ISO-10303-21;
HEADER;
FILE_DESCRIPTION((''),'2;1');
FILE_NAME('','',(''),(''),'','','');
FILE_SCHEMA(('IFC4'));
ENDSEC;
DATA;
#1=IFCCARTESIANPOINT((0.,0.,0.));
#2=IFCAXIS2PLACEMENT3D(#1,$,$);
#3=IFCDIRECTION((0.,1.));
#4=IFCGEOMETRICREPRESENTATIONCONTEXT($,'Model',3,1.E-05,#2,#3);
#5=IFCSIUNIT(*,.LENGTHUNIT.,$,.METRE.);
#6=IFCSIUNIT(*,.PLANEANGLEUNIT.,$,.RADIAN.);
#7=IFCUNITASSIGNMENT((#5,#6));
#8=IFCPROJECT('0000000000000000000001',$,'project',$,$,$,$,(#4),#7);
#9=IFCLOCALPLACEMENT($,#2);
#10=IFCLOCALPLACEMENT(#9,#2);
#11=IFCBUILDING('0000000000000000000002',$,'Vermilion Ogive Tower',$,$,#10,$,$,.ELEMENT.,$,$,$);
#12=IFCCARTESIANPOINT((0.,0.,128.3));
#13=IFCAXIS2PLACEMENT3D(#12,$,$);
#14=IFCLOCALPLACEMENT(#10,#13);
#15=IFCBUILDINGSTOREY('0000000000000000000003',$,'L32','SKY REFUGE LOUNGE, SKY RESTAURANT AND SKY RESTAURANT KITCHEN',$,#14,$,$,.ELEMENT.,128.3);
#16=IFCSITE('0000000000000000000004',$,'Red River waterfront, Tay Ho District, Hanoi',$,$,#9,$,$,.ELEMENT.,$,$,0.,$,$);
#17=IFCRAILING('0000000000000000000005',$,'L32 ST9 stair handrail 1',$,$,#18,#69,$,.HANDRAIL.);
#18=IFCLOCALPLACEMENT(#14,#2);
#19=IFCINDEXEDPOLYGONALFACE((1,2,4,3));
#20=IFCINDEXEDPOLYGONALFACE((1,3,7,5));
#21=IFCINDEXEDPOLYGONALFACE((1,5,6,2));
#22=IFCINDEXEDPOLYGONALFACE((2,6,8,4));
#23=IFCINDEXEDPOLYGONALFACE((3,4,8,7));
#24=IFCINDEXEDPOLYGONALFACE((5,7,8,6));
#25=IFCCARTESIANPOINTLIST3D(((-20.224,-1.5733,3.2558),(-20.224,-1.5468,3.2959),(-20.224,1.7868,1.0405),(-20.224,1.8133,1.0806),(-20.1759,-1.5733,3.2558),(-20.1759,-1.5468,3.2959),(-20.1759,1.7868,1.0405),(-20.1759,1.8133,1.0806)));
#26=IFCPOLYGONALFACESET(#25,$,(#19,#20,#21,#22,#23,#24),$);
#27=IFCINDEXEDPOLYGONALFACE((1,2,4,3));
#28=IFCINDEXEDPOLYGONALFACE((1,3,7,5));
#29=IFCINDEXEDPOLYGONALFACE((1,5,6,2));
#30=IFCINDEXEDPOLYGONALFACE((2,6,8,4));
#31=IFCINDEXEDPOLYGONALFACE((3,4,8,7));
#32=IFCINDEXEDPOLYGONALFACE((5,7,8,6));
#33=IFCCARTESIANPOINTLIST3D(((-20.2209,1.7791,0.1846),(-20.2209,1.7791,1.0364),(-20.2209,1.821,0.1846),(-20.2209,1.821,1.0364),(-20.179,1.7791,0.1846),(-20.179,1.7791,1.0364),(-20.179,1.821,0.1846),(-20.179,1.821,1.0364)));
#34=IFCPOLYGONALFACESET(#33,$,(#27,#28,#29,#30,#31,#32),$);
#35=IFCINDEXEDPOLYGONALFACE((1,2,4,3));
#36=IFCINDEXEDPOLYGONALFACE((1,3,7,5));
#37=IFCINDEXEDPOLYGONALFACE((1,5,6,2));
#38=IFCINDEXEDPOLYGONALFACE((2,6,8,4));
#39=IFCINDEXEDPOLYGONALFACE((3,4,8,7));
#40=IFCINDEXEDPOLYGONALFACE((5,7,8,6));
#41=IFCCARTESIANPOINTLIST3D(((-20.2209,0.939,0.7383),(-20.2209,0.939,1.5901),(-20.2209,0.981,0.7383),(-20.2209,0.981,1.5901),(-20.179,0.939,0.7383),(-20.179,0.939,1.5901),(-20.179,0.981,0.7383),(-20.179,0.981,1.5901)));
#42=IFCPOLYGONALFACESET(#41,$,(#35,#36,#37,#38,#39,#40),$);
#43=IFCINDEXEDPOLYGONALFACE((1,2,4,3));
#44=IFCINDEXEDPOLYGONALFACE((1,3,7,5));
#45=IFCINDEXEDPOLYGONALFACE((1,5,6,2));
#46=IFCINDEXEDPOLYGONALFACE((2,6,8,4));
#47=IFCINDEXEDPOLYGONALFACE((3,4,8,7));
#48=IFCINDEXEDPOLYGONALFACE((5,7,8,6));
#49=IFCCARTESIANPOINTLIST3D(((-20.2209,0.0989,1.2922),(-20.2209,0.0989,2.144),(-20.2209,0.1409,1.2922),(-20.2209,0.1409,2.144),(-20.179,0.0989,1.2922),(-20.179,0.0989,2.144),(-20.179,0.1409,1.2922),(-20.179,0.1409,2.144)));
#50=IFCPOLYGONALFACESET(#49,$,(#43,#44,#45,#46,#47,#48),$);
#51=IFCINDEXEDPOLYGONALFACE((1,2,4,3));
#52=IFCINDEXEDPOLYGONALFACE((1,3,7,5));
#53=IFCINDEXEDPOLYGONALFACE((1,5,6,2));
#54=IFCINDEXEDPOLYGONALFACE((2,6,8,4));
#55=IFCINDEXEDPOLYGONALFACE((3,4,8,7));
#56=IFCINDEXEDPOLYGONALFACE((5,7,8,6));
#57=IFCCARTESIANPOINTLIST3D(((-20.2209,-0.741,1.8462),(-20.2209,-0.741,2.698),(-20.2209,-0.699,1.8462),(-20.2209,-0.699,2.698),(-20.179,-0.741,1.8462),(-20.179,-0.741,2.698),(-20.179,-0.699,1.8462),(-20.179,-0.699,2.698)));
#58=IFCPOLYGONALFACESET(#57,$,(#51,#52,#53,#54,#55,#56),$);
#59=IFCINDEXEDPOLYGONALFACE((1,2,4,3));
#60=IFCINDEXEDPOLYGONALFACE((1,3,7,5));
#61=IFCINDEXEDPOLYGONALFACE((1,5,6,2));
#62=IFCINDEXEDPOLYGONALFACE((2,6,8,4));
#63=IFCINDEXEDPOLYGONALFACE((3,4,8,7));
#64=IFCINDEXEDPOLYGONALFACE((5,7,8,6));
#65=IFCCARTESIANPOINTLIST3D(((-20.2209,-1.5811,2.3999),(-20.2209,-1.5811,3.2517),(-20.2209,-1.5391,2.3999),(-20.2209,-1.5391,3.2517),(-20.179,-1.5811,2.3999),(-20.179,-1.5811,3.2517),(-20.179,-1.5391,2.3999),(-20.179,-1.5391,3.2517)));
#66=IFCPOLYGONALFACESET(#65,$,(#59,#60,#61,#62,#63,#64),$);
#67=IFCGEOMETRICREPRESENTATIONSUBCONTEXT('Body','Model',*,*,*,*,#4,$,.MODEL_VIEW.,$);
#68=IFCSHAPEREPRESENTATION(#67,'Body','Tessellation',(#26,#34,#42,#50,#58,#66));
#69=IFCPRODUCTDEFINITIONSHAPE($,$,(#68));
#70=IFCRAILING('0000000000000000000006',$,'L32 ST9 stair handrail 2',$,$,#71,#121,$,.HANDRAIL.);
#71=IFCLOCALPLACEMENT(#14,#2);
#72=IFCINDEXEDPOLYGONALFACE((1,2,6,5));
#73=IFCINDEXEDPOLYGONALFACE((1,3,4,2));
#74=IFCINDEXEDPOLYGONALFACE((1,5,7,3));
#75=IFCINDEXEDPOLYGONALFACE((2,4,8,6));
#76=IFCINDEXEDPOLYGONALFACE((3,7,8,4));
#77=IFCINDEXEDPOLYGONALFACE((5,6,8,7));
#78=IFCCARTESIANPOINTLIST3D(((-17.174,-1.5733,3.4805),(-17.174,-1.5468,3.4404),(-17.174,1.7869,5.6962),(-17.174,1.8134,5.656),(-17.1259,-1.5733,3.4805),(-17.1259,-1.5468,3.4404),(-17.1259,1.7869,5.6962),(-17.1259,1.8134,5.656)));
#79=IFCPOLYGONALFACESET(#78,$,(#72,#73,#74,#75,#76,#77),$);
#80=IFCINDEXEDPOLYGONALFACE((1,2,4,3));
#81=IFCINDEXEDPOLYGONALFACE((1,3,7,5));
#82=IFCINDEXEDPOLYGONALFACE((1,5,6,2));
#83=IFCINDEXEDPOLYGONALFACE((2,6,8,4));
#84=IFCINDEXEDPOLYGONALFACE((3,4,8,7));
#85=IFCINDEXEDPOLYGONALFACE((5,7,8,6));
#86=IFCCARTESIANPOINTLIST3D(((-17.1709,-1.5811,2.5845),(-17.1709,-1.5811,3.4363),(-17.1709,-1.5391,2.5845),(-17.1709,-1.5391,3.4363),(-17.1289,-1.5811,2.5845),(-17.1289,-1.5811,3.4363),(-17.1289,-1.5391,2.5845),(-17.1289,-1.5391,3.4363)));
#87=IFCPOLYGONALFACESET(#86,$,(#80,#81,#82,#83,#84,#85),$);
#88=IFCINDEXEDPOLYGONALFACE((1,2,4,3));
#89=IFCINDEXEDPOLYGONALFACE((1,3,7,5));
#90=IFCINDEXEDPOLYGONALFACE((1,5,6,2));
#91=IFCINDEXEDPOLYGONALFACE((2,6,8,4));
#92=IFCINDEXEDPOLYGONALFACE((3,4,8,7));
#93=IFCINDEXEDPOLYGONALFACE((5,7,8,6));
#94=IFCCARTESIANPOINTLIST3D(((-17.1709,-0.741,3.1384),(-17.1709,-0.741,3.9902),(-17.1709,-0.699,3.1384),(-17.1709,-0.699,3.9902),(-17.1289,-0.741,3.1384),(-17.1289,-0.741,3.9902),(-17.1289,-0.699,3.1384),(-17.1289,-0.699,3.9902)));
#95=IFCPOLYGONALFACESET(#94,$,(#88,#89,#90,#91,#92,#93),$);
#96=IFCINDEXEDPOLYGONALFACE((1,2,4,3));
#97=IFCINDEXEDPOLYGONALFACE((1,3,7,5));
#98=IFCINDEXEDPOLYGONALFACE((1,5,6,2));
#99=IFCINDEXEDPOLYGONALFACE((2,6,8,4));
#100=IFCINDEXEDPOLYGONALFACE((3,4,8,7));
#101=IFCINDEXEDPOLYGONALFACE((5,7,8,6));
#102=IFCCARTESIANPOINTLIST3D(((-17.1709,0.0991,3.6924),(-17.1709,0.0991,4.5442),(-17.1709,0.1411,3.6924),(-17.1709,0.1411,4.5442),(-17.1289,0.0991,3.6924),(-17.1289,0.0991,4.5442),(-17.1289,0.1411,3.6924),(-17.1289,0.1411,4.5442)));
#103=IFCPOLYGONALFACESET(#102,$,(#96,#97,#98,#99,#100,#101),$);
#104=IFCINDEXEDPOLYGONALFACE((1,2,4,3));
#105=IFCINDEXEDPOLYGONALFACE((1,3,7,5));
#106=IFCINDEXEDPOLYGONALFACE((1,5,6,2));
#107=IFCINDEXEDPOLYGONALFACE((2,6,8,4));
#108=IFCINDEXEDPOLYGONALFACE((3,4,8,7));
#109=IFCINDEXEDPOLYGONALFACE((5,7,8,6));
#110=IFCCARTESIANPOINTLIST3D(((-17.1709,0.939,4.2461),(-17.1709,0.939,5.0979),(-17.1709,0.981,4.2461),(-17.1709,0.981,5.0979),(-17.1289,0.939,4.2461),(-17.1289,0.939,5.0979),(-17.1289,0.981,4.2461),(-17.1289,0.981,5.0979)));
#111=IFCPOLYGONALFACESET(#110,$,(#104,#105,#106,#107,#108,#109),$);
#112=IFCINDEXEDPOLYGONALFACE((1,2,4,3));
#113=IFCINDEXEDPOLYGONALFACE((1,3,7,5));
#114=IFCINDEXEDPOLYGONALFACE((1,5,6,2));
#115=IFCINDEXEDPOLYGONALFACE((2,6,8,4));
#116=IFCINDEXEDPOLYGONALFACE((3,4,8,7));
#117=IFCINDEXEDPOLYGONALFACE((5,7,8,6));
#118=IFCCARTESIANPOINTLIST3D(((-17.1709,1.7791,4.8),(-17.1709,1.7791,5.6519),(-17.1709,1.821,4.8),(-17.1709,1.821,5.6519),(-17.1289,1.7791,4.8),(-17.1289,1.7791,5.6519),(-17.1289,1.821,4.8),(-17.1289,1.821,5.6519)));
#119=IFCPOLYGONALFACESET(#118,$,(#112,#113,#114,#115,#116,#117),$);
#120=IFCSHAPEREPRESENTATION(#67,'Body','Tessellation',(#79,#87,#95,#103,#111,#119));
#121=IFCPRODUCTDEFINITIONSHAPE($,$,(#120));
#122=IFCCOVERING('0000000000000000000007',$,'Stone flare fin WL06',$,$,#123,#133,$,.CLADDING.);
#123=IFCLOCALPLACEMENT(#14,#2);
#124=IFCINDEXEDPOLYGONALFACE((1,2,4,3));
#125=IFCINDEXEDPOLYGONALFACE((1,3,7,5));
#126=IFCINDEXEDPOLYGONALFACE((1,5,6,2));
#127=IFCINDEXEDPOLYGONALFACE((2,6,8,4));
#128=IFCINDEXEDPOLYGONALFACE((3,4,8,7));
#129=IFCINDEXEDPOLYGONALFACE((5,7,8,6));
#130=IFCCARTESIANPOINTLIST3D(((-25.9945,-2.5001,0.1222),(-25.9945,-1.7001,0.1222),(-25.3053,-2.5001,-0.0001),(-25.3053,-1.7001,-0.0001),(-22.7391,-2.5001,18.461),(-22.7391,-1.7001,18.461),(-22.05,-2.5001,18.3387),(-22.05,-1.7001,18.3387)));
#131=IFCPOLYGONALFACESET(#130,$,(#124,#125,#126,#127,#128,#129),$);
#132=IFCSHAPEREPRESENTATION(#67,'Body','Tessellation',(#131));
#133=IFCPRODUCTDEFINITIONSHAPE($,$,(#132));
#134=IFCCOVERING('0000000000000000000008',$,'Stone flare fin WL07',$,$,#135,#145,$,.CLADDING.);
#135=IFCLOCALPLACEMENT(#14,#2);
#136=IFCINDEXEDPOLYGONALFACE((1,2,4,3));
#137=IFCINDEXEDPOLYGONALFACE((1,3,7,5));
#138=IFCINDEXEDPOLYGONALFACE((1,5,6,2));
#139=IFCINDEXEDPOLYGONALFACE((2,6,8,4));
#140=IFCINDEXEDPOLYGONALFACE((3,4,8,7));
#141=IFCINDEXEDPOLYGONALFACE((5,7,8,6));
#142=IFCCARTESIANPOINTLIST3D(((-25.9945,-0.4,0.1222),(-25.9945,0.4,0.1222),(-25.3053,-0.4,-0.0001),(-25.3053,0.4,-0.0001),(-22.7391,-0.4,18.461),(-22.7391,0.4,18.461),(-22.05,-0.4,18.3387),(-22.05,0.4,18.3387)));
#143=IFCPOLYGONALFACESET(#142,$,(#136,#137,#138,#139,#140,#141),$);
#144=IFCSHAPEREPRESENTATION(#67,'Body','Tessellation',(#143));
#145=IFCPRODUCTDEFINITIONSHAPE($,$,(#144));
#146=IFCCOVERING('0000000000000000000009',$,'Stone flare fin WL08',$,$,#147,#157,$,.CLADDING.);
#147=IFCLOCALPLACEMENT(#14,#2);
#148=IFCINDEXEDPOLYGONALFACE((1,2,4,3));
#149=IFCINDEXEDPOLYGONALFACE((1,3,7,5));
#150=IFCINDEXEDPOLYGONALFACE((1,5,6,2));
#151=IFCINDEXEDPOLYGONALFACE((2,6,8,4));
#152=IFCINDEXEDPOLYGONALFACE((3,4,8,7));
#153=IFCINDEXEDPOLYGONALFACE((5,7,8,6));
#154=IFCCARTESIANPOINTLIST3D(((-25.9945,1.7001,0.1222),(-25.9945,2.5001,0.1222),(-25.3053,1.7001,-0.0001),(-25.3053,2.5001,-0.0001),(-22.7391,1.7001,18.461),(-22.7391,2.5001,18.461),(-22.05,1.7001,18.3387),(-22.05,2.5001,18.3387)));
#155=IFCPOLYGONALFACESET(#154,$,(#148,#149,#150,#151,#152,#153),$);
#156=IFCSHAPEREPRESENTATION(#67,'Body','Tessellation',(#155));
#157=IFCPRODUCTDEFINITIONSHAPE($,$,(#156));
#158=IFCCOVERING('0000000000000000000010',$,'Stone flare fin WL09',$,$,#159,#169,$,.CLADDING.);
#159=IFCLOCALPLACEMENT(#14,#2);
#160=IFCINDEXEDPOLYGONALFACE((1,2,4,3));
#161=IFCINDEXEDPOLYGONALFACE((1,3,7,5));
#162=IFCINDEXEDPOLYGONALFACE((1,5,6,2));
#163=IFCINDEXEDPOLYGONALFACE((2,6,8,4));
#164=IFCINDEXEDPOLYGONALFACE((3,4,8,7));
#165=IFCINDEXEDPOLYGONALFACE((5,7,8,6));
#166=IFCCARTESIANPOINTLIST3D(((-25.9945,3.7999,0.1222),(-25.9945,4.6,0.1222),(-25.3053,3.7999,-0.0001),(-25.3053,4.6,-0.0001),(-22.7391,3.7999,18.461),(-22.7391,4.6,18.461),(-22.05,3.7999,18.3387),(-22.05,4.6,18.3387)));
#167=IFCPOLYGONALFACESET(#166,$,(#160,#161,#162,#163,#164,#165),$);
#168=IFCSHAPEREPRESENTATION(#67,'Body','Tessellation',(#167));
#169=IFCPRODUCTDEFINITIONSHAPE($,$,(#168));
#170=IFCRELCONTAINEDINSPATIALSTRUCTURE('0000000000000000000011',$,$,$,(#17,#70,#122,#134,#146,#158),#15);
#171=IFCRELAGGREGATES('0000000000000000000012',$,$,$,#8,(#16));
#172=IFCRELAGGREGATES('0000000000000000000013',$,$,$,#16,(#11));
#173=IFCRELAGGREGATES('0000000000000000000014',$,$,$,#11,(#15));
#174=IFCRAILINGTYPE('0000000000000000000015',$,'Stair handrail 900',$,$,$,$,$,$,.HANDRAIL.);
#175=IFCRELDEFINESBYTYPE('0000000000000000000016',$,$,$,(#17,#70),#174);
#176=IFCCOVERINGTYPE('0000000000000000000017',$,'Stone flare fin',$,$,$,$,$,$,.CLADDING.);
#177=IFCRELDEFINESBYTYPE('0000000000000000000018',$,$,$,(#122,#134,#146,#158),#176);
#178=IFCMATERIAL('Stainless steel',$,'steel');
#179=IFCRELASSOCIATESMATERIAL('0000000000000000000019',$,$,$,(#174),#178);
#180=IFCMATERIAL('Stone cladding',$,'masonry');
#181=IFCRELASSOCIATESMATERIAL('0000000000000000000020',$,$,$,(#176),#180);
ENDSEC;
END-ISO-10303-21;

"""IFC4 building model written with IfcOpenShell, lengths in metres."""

from ifc_helpers import new_model, si_unit, direction, frame, origin, origin_2d, place, context, subcontext, project, spatial, rectangle, extrude, material, material_profile, profile_set, type_object, element, save


model = new_model("IFC4")

# Units and contexts
model_context = context("Model", 3, precision=1e-05, world=origin(), true_north=direction((0.0, 1.0)))
body_context = subcontext(model_context, "Body", "Model", "MODEL_VIEW")
ifc_project = project(units=[si_unit("LENGTHUNIT", "METRE"), si_unit("PLANEANGLEUNIT", "RADIAN")], contexts=[model_context])

# Site, building, storey
site_placement = place(None, origin())
site = spatial("IfcSite", under=ifc_project, at=site_placement, Name="Red River waterfront, Tay Ho District, Hanoi", CompositionType="ELEMENT", RefElevation=0.0)
building_placement = place(site_placement, origin())
building = spatial("IfcBuilding", under=site, at=building_placement, Name="Vermilion Ogive Tower", CompositionType="ELEMENT")
storey_placement = place(building_placement, frame((0.0, 0.0, 128.3)))
storey = spatial("IfcBuildingStorey", under=building, at=storey_placement, Name="L32", Description="SKY REFUGE LOUNGE, SKY RESTAURANT AND SKY RESTAURANT KITCHEN", CompositionType="ELEMENT", Elevation=128.3)

# Railings
ifc_material_1 = material(Name="Stainless steel", Category="steel")
railing_type_1 = type_object("IfcRailingType", Name="Stair handrail 900", PredefinedType="HANDRAIL", material=ifc_material_1)
railing_1_placement = place(storey_placement, frame((-20.2, 1.8, 0.1846)))
element("IfcRailing", 1, at=railing_1_placement, inside=storey, type_object=railing_type_1, Name="L32 ST9 stair handrail 1", PredefinedType="HANDRAIL", context=body_context, shape_type="SweptSolid", body=[
    extrude(rectangle(XDim=0.0481, YDim=0.0481, at=origin_2d()), frame((0.0, 0.0, 0.876), z_axis=(0.0, -0.834876, 0.550437), x_axis=(1.0, 0.0, 0.0)), (0.0, 0.0, 1.0), 4.0247),
    extrude(rectangle(XDim=0.042, YDim=0.042, at=origin_2d()), origin(), (0.0, 0.0, 1.0), 0.8518),
    extrude(rectangle(XDim=0.042, YDim=0.042, at=origin_2d()), frame((0.0, -0.8401, 0.5537)), (0.0, 0.0, 1.0), 0.8518),
    extrude(rectangle(XDim=0.042, YDim=0.042, at=origin_2d()), frame((0.0, -1.6802, 1.1077)), (0.0, 0.0, 1.0), 0.8518),
    extrude(rectangle(XDim=0.042, YDim=0.042, at=origin_2d()), frame((0.0, -2.52, 1.6616)), (0.0, 0.0, 1.0), 0.8518),
    extrude(rectangle(XDim=0.042, YDim=0.042, at=origin_2d()), frame((0.0, -3.3601, 2.2153)), (0.0, 0.0, 1.0), 0.8518),
])
railing_2_placement = place(storey_placement, frame((-17.1499, -1.5601, 2.5845)))
element("IfcRailing", 2, at=railing_2_placement, inside=storey, type_object=railing_type_1, Name="L32 ST9 stair handrail 2", PredefinedType="HANDRAIL", context=body_context, shape_type="SweptSolid", body=[
    extrude(rectangle(XDim=0.0481, YDim=0.0481, at=origin_2d()), frame((0.0, 0.0, 0.876), z_axis=(0.0, 0.834849, 0.55048), x_axis=(-1.0, 0.0, 0.0)), (0.0, 0.0, 1.0), 4.0249),
    extrude(rectangle(XDim=0.042, YDim=0.042, at=origin_2d()), origin(), (0.0, 0.0, 1.0), 0.8518),
    extrude(rectangle(XDim=0.042, YDim=0.042, at=origin_2d()), frame((0.0, 0.8401, 0.554)), (0.0, 0.0, 1.0), 0.8518),
    extrude(rectangle(XDim=0.042, YDim=0.042, at=origin_2d()), frame((0.0, 1.6802, 1.1079)), (0.0, 0.0, 1.0), 0.8518),
    extrude(rectangle(XDim=0.042, YDim=0.042, at=origin_2d()), frame((0.0, 2.52, 1.6616)), (0.0, 0.0, 1.0), 0.8518),
    extrude(rectangle(XDim=0.042, YDim=0.042, at=origin_2d()), frame((0.0, 3.3601, 2.2156)), (0.0, 0.0, 1.0), 0.8518),
])

# Coverings
ifc_material_2 = material(Name="Stone cladding", Category="masonry")
ifc_material_profile_1 = material_profile(ifc_material_2, rectangle(XDim=0.8, YDim=0.7, at=origin_2d()), Name="STONE 800x700")
ifc_profile_set_1 = profile_set([ifc_material_profile_1], Name="Stone cladding")
covering_type = type_object("IfcCoveringType", Name="Stone flare fin", PredefinedType="CLADDING", material=ifc_profile_set_1)
for number, where, z_axis, x_axis, name in (
    (3, (-25.6499, -2.1001, 0.061), (0.17478, 0.0, 0.984608), (0.0, 1.0, 0.0), "Stone flare fin WL06"),
    (4, (-25.6499, 0.0, 0.061), (0.17478, 0.0, 0.984608), (0.0, 1.0, 0.0), "Stone flare fin WL07"),
    (5, (-25.6499, 2.1001, 0.061), (0.17478, 0.0, 0.984608), (0.0, 1.0, 0.0), "Stone flare fin WL08"),
    (6, (-25.6499, 4.2, 0.061), (0.17478, 0.0, 0.984608), (0.0, 1.0, 0.0), "Stone flare fin WL09"),
):
    element("IfcCovering", number, at=place(storey_placement, frame(where, z_axis=z_axis, x_axis=x_axis)), inside=storey, type_object=covering_type, Name=name, PredefinedType="CLADDING", context=body_context, shape_type="SweptSolid", body=[
        extrude(rectangle(XDim=0.8, YDim=0.7, at=origin_2d()), origin(), (0.0, 0.0, 1.0), 18.6255),
    ])

save(model, "model.ifc")
